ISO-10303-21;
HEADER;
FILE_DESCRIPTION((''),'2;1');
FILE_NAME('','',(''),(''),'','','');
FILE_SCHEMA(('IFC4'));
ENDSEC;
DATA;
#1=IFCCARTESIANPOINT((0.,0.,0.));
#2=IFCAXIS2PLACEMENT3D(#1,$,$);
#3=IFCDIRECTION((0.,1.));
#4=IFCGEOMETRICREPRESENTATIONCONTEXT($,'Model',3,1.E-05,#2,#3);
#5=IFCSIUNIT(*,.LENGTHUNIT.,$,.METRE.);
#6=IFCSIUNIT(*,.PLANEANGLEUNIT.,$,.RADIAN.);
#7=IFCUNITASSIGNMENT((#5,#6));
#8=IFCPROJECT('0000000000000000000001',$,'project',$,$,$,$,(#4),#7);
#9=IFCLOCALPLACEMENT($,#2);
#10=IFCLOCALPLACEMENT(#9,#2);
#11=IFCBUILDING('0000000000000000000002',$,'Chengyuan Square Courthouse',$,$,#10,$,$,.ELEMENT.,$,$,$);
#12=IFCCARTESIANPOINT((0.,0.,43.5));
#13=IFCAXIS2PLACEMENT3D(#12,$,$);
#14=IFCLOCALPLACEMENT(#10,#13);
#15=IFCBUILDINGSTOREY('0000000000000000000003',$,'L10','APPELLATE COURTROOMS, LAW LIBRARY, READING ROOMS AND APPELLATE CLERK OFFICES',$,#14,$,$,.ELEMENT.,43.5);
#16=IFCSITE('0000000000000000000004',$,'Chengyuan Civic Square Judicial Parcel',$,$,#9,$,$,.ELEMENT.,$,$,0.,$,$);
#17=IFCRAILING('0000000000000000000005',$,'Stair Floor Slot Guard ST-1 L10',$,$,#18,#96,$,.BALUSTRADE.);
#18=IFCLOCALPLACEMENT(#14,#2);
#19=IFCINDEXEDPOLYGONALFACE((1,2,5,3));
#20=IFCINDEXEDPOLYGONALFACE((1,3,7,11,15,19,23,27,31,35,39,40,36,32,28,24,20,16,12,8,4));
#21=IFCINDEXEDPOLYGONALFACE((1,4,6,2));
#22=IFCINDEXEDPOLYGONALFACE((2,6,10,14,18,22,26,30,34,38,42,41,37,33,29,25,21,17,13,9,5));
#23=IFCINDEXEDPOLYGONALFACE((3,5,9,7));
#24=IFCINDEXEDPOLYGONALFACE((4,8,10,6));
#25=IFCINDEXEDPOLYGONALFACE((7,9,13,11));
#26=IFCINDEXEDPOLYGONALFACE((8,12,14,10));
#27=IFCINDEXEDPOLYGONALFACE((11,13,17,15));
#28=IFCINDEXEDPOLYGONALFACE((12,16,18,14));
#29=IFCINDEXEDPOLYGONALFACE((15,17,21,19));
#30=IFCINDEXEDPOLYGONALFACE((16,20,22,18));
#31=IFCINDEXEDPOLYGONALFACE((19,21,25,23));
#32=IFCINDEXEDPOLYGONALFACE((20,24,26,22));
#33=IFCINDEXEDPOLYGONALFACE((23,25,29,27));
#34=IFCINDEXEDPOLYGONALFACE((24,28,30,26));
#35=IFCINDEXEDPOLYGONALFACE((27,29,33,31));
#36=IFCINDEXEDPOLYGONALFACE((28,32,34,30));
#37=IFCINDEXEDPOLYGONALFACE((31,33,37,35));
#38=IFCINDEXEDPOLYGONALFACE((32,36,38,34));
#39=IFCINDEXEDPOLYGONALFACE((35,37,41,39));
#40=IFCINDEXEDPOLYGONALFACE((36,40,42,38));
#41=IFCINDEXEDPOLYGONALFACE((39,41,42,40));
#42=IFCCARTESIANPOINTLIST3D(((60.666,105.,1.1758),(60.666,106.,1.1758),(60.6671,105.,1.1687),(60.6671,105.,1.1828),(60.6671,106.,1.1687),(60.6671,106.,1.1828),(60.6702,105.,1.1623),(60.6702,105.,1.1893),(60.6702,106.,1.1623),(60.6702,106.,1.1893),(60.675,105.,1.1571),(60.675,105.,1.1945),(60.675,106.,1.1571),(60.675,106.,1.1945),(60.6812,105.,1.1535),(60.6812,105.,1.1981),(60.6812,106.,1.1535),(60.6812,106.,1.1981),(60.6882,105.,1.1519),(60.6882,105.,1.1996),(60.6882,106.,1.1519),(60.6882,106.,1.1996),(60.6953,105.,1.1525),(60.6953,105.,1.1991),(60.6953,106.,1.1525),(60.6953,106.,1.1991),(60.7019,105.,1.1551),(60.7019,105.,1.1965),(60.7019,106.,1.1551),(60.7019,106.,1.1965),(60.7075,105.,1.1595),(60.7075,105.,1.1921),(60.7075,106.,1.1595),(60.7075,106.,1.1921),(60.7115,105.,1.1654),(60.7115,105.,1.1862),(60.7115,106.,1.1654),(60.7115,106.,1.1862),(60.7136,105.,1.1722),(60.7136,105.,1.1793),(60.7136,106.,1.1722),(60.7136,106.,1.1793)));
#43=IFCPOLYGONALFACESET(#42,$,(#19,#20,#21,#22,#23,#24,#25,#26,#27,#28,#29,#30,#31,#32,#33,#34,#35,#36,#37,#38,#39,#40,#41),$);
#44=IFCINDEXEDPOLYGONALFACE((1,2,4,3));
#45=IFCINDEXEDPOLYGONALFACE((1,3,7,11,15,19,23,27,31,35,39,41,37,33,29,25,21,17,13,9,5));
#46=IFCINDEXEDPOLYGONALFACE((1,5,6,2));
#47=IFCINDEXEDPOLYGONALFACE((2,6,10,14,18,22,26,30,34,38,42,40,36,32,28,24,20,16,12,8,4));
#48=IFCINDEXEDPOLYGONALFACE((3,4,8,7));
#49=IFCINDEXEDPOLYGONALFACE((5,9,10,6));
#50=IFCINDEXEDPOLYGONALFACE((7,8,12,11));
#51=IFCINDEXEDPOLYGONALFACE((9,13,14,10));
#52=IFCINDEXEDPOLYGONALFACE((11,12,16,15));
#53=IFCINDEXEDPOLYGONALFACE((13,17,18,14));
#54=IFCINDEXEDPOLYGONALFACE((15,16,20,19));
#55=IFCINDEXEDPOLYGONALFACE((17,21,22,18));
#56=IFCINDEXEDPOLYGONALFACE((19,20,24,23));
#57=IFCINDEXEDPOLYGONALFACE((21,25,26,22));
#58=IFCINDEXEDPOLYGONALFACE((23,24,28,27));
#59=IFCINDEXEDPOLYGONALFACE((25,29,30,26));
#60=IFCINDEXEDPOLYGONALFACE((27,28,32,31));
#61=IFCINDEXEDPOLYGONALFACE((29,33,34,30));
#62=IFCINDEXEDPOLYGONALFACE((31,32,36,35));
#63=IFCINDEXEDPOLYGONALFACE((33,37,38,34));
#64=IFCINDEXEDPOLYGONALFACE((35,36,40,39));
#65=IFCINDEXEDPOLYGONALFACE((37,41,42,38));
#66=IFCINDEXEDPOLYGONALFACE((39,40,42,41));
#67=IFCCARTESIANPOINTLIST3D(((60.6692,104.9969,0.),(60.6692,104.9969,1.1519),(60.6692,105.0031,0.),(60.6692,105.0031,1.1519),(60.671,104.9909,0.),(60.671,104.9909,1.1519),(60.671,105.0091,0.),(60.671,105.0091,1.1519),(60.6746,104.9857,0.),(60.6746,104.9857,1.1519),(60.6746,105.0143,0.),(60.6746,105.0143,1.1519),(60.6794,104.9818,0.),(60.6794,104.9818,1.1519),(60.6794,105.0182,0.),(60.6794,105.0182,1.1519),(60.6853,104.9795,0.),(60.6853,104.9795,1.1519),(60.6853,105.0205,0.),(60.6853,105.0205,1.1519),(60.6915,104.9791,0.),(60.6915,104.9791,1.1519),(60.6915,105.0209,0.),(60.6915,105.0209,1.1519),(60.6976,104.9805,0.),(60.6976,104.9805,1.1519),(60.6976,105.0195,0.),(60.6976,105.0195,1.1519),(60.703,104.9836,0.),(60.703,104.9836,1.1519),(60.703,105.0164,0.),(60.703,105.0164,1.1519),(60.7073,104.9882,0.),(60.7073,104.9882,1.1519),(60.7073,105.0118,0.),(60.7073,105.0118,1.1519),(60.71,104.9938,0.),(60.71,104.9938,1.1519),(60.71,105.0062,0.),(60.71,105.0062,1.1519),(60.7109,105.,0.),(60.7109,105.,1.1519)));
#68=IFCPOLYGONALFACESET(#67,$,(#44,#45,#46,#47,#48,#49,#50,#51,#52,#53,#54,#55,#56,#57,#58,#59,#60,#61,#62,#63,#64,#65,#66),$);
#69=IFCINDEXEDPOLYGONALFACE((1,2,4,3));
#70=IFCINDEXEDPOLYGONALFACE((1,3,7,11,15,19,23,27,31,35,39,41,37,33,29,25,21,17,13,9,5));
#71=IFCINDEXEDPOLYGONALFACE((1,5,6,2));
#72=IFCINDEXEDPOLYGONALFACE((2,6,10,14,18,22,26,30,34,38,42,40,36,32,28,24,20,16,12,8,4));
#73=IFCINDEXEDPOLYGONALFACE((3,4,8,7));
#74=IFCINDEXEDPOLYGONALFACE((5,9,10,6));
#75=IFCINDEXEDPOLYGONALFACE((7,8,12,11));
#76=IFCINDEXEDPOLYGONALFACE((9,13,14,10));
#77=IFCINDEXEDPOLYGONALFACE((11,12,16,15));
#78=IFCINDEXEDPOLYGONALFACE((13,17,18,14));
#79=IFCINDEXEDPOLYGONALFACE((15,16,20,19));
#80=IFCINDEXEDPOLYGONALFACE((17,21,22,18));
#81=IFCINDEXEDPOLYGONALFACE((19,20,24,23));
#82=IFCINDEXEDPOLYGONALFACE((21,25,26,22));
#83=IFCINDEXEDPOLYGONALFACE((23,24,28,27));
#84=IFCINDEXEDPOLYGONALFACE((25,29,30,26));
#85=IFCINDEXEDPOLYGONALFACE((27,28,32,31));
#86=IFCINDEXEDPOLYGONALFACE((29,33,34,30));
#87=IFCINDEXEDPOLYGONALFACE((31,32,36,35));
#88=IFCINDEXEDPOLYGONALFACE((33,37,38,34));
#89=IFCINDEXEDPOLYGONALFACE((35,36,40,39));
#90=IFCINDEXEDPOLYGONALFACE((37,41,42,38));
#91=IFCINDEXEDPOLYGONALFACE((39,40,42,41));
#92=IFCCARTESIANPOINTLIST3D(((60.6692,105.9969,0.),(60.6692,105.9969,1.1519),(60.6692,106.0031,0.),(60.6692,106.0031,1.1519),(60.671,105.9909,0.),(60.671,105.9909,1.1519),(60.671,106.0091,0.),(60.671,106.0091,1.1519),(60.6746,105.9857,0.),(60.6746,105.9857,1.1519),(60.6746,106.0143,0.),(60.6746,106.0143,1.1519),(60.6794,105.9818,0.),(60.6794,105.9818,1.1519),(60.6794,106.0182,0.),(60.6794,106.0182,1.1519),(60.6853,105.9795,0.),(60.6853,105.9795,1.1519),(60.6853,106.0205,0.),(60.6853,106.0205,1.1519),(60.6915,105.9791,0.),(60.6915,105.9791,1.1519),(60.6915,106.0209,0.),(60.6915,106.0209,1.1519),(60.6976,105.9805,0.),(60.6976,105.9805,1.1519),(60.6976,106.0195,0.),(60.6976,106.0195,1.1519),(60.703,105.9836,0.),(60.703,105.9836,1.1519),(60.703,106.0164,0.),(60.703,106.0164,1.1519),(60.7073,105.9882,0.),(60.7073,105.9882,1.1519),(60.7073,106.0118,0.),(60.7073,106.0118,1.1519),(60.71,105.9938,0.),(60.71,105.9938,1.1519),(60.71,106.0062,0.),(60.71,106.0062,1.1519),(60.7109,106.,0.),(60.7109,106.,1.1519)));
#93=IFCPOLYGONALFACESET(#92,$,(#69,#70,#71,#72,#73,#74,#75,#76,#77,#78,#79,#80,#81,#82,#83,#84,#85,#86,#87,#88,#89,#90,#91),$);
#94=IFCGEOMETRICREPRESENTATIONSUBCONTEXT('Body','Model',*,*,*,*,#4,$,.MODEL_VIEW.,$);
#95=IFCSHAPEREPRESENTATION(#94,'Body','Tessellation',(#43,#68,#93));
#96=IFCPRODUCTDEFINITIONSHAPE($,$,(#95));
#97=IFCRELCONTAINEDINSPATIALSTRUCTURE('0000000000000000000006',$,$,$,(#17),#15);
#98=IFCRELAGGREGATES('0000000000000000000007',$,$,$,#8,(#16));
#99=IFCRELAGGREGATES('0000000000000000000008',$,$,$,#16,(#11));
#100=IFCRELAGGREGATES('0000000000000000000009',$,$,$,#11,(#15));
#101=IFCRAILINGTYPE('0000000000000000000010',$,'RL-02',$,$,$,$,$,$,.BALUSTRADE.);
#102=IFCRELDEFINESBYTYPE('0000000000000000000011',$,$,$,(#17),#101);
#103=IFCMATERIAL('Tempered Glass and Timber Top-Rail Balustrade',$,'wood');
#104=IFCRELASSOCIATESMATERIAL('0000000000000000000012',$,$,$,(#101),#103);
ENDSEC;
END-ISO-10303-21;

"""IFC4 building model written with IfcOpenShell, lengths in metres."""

from ifc_helpers import new_model, si_unit, direction, frame, origin, origin_2d, place, context, subcontext, project, spatial, circle, extrude, material, type_object, element, save


model = new_model("IFC4")

# Units and contexts
model_context = context("Model", 3, precision=1e-05, world=origin(), true_north=direction((0.0, 1.0)))
body_context = subcontext(model_context, "Body", "Model", "MODEL_VIEW")
ifc_project = project(units=[si_unit("LENGTHUNIT", "METRE"), si_unit("PLANEANGLEUNIT", "RADIAN")], contexts=[model_context])

# Site, building, storey
site_placement = place(None, origin())
site = spatial("IfcSite", under=ifc_project, at=site_placement, Name="Chengyuan Civic Square Judicial Parcel", CompositionType="ELEMENT", RefElevation=0.0)
building_placement = place(site_placement, origin())
building = spatial("IfcBuilding", under=site, at=building_placement, Name="Chengyuan Square Courthouse", CompositionType="ELEMENT")
storey_placement = place(building_placement, frame((0.0, 0.0, 43.5)))
storey = spatial("IfcBuildingStorey", under=building, at=storey_placement, Name="L10", Description="APPELLATE COURTROOMS, LAW LIBRARY, READING ROOMS AND APPELLATE CLERK OFFICES", CompositionType="ELEMENT", Elevation=43.5)

# Railing
ifc_material_1 = material(Name="Tempered Glass and Timber Top-Rail Balustrade", Category="wood")
railing_type = type_object("IfcRailingType", Name="RL-02", PredefinedType="BALUSTRADE", material=ifc_material_1)
railing_placement = place(storey_placement, frame((60.6899, 105.0, 0.0)))
element("IfcRailing", 1, at=railing_placement, inside=storey, type_object=railing_type, Name="Stair Floor Slot Guard ST-1 L10", PredefinedType="BALUSTRADE", context=body_context, shape_type="SweptSolid", body=[
    extrude(circle(Radius=0.0239, at=origin_2d()), frame((0.0, 0.0, 1.1758), z_axis=(0.0, 1.0, 0.0), x_axis=(-1.0, 0.0, 0.0)), (0.0, 0.0, 1.0), 1.0),
    extrude(circle(Radius=0.021, at=origin_2d()), origin(), (0.0, 0.0, 1.0), 1.1519),
    extrude(circle(Radius=0.021, at=origin_2d()), frame((0.0, 1.0, 0.0)), (0.0, 0.0, 1.0), 1.1519),
])

save(model, "model.ifc")
